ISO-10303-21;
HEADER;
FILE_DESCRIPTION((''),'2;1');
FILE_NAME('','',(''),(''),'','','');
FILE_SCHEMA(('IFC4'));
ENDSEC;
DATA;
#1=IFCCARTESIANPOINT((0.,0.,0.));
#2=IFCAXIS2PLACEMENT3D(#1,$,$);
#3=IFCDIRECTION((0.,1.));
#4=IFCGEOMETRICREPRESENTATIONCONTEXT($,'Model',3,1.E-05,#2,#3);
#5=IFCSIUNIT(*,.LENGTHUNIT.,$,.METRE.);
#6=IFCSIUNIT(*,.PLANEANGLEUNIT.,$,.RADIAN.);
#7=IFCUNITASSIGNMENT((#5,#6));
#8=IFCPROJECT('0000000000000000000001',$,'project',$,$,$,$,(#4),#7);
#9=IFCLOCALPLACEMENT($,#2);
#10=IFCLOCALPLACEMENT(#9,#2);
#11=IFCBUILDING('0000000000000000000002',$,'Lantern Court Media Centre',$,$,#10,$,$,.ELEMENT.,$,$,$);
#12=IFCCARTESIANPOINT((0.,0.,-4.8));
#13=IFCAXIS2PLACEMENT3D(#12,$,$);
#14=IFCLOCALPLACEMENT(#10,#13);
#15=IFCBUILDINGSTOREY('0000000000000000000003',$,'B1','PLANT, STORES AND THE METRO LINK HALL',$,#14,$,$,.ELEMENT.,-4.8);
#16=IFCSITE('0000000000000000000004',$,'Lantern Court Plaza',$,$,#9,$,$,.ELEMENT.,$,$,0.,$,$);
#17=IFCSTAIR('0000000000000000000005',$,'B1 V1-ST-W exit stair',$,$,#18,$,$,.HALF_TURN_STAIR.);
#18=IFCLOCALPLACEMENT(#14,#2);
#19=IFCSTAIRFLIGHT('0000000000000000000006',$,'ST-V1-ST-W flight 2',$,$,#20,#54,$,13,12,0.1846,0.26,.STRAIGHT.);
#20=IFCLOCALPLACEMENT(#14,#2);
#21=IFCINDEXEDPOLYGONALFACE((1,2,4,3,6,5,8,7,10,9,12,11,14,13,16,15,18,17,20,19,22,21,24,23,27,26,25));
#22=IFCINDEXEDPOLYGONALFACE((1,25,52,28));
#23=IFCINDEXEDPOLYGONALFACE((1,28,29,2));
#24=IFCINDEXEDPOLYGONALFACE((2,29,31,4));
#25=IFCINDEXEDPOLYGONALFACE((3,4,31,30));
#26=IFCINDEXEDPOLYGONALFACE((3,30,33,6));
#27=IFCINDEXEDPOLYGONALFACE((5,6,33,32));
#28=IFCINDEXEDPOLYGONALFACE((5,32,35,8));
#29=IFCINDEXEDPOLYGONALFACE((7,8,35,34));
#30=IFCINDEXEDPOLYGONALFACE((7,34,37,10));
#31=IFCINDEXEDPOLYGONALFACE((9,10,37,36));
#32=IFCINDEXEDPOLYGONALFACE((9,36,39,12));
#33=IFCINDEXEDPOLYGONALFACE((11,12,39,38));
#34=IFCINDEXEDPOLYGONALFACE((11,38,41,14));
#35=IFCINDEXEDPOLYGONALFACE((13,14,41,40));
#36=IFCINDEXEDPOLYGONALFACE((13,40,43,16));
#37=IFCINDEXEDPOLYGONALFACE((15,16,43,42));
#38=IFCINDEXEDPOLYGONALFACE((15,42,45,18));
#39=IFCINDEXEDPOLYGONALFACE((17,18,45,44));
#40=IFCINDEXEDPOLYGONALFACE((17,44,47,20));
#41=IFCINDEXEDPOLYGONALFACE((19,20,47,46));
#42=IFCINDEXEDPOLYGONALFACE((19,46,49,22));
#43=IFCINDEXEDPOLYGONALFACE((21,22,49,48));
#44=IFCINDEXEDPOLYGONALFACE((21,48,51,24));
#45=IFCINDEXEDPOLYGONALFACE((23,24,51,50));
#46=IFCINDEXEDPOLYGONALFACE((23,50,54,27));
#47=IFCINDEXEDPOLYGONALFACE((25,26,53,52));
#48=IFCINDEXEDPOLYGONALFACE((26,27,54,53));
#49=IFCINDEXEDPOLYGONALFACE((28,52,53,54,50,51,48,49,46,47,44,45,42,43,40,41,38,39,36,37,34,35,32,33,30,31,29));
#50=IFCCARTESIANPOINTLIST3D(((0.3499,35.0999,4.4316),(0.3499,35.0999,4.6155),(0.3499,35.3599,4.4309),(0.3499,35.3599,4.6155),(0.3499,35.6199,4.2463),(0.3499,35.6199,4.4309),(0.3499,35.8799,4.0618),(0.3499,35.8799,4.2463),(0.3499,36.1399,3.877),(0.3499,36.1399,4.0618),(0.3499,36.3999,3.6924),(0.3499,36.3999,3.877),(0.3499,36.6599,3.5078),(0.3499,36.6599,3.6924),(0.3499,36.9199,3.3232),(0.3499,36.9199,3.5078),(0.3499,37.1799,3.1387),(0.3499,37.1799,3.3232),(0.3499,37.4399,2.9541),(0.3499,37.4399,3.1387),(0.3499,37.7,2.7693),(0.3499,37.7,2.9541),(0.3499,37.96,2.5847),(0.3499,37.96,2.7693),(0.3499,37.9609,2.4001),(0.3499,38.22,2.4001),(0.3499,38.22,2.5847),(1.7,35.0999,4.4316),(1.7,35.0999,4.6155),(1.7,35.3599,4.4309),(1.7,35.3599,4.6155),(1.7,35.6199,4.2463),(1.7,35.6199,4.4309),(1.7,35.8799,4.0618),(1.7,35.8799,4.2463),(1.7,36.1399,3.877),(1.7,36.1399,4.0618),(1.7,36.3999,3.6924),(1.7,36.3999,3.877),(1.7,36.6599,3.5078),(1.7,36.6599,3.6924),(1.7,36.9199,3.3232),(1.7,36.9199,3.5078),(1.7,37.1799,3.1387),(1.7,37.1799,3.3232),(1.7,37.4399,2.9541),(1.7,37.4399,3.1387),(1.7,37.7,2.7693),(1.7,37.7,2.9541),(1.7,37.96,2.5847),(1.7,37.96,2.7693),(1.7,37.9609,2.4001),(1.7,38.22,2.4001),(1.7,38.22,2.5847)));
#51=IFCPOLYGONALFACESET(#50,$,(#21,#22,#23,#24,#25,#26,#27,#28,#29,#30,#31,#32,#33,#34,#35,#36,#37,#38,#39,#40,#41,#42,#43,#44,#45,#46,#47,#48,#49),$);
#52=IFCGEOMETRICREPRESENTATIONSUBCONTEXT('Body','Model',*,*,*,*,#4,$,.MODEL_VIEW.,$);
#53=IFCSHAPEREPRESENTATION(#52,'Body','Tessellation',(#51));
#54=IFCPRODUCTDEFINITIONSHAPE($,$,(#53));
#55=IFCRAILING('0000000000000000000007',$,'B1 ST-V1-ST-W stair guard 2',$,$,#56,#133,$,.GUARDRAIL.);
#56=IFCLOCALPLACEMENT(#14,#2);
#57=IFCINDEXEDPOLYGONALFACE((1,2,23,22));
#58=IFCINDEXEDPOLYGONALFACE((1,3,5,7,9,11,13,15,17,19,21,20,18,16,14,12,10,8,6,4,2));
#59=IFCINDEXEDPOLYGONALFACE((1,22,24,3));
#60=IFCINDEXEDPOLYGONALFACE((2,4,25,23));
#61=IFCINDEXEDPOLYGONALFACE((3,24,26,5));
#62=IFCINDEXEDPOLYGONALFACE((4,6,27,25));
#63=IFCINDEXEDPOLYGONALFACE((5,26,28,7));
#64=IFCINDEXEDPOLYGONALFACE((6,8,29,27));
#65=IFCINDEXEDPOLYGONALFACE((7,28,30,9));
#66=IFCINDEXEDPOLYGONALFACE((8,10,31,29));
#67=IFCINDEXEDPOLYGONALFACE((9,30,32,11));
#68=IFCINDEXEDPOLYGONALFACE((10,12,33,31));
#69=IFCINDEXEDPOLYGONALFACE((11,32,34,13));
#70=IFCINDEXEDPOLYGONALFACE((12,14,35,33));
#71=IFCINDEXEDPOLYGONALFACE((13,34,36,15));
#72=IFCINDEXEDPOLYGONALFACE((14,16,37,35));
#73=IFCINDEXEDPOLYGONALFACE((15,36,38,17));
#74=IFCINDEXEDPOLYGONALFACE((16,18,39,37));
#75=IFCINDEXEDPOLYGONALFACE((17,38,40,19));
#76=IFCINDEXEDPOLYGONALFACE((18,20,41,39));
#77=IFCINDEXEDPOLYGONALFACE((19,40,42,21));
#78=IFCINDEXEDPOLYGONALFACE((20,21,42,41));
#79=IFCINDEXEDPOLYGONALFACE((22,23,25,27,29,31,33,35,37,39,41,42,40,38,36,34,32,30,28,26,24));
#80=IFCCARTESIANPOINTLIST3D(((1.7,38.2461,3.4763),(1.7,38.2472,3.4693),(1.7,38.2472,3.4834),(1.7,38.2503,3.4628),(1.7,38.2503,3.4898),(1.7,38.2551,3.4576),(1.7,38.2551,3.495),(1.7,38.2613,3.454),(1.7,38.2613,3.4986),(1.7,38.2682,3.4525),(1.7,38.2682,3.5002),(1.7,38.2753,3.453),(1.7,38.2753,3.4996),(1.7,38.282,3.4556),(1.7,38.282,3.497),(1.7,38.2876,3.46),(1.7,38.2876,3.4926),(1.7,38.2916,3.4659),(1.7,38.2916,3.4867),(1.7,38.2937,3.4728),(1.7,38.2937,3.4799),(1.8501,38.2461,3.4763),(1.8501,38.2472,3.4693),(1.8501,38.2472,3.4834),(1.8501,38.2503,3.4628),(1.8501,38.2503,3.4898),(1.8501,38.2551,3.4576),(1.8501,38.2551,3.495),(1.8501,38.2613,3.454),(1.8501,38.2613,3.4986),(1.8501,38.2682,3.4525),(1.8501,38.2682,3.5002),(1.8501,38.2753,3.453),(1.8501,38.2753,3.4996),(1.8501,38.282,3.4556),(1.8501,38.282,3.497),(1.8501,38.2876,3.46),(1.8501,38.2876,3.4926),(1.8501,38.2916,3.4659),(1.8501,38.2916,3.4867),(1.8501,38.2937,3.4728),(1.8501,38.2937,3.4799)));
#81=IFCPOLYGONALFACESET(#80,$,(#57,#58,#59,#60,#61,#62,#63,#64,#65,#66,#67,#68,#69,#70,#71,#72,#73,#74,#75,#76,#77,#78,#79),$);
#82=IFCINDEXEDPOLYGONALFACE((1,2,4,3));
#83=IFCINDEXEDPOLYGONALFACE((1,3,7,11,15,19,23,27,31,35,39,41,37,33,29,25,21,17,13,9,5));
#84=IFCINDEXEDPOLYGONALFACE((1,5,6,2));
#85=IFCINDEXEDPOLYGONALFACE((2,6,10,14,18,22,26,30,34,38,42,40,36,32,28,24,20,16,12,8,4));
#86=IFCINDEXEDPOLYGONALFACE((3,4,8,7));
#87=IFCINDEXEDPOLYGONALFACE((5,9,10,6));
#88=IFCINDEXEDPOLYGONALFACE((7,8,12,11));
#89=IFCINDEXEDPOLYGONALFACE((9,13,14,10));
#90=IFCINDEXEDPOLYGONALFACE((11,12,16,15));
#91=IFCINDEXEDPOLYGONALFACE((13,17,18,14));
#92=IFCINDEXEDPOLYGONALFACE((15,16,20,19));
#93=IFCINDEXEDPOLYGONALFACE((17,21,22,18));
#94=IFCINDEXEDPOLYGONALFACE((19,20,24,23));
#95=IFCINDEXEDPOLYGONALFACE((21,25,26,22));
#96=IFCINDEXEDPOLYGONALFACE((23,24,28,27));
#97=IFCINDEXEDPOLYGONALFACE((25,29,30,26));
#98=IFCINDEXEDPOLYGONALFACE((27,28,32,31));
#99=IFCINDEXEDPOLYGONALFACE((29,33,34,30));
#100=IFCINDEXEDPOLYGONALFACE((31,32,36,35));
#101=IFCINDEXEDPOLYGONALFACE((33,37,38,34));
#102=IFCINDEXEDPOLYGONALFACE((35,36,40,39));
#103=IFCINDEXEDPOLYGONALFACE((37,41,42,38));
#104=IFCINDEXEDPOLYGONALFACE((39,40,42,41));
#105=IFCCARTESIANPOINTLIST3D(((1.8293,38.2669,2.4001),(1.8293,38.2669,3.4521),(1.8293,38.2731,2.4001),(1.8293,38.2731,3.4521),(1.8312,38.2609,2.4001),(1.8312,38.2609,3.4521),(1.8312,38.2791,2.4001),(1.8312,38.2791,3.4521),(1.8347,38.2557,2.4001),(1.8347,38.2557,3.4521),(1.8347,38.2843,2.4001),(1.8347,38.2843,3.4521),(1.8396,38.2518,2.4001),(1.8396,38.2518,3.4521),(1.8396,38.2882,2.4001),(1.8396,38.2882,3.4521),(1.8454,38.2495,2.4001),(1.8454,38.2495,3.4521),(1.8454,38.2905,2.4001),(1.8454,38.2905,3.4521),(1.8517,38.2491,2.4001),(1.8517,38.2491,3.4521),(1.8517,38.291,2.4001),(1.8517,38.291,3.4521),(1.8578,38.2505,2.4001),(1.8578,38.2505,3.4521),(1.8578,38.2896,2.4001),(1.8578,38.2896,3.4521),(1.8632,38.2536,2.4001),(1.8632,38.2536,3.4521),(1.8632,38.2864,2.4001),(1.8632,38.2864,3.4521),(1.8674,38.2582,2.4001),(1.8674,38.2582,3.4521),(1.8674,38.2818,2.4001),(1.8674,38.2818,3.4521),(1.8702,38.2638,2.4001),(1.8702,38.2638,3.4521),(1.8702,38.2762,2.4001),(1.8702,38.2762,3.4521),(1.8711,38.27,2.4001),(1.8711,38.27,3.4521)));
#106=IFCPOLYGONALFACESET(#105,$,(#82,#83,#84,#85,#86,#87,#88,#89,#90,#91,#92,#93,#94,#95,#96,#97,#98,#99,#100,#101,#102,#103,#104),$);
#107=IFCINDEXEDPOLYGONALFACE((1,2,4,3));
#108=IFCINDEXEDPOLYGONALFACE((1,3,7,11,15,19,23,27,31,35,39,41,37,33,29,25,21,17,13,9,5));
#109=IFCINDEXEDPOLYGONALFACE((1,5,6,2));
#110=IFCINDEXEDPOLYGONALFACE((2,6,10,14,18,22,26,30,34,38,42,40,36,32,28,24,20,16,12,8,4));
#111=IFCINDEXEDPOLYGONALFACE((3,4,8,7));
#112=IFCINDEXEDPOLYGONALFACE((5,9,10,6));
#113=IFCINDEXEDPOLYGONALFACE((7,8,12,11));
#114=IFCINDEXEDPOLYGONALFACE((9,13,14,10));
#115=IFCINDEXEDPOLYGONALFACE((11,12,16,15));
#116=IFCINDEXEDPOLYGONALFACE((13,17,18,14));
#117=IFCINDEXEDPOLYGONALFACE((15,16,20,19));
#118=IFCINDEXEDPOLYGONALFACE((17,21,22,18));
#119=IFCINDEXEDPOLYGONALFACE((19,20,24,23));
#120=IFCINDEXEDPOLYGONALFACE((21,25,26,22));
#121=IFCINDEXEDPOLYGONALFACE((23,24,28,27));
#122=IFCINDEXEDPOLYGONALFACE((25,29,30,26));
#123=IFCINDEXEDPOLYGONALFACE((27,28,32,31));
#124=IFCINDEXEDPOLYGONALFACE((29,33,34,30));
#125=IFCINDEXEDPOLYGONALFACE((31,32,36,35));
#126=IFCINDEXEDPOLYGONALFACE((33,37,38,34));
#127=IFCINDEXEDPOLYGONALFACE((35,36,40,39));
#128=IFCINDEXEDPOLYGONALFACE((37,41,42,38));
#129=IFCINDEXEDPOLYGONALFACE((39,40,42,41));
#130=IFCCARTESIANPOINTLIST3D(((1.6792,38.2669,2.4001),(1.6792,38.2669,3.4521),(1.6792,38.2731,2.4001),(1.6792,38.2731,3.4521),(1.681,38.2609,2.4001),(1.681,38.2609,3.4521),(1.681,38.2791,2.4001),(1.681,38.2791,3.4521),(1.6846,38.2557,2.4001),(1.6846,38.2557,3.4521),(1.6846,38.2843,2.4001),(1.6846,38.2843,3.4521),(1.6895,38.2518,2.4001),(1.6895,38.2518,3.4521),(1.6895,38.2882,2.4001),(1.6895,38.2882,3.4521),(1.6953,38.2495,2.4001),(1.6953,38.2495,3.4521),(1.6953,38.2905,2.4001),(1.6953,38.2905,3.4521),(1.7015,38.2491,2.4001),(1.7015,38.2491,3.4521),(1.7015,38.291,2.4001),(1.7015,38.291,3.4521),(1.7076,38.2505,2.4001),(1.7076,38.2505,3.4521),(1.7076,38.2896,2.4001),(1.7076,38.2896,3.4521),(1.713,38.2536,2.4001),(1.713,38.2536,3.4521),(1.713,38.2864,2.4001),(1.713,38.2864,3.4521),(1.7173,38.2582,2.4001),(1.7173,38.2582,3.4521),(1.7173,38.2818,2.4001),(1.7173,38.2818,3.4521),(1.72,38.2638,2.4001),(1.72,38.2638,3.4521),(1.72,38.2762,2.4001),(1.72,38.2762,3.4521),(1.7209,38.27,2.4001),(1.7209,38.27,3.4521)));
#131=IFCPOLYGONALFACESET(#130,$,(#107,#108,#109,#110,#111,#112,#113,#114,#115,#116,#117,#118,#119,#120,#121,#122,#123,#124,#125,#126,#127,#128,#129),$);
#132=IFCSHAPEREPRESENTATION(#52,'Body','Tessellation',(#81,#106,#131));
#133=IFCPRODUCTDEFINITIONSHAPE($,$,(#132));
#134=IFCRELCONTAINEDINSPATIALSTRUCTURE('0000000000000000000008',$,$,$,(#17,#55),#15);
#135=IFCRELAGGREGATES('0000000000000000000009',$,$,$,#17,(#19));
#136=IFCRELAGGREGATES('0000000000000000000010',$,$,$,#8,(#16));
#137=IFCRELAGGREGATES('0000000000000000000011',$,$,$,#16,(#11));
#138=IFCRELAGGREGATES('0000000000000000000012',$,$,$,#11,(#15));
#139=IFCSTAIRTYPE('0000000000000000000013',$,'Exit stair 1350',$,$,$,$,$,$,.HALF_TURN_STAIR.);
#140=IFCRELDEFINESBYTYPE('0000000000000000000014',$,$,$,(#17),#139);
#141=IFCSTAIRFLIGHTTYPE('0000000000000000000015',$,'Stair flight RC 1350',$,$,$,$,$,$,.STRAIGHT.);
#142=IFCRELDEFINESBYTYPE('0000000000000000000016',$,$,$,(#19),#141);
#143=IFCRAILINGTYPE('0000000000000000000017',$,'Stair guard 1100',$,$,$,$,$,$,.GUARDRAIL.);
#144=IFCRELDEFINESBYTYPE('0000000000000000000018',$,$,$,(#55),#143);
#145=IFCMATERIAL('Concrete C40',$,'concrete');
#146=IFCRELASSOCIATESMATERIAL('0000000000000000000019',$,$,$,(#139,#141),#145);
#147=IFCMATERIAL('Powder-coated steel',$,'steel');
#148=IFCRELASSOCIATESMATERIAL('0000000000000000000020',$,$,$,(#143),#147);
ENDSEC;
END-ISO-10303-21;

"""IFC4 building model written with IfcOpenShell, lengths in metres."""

from ifc_helpers import new_model, si_unit, direction, frame, origin, origin_2d, place, context, subcontext, project, spatial, polyline, circle, outline, extrude, material, type_object, element, aggregate, save


model = new_model("IFC4")

# Units and contexts
model_context = context("Model", 3, precision=1e-05, world=origin(), true_north=direction((0.0, 1.0)))
body_context = subcontext(model_context, "Body", "Model", "MODEL_VIEW")
ifc_project = project(units=[si_unit("LENGTHUNIT", "METRE"), si_unit("PLANEANGLEUNIT", "RADIAN")], contexts=[model_context])

# Site, building, storey
site_placement = place(None, origin())
site = spatial("IfcSite", under=ifc_project, at=site_placement, Name="Lantern Court Plaza", CompositionType="ELEMENT", RefElevation=0.0)
building_placement = place(site_placement, origin())
building = spatial("IfcBuilding", under=site, at=building_placement, Name="Lantern Court Media Centre", CompositionType="ELEMENT")
storey_placement = place(building_placement, frame((0.0, 0.0, -4.8)))
storey = spatial("IfcBuildingStorey", under=building, at=storey_placement, Name="B1", Description="PLANT, STORES AND THE METRO LINK HALL", CompositionType="ELEMENT", Elevation=-4.8)

# Shared definitions
ifc_material_1 = material(Name="Concrete C40", Category="concrete")

# Stair, stair flight
stair_type = type_object("IfcStairType", Name="Exit stair 1350", PredefinedType="HALF_TURN_STAIR", material=ifc_material_1)
stair_placement = place(storey_placement, origin())
stair = element("IfcStair", 1, at=stair_placement, inside=storey, type_object=stair_type, Name="B1 V1-ST-W exit stair", PredefinedType="HALF_TURN_STAIR")
stair_flight_type = type_object("IfcStairFlightType", Name="Stair flight RC 1350", PredefinedType="STRAIGHT", material=ifc_material_1)
stair_flight_1_placement = place(storey_placement, frame((1.0249, 38.22, 2.4001), z_axis=(0.0, 0.0, 1.0), x_axis=(0.0, -1.0, 0.0)))
stair_flight_1 = element("IfcStairFlight", 2, at=stair_flight_1_placement, type_object=stair_flight_type, Name="ST-V1-ST-W flight 2", NumberOfRisers=13, NumberOfTreads=12, PredefinedType="STRAIGHT", RiserHeight=0.1846, TreadLength=0.26, context=body_context, shape_type="SweptSolid", body=[
    extrude(outline(polyline([(0.0, 0.0), (0.0, 0.1846), (0.26, 0.1846), (0.26, 0.3691), (0.52, 0.3691), (0.52, 0.554), (0.78, 0.554), (0.78, 0.7385), (1.04, 0.7385), (1.04, 0.9231), (1.3, 0.9231), (1.3, 1.1077), (1.5601, 1.1077), (1.5601, 1.2922), (1.8201, 1.2922), (1.8201, 1.4768), (2.0801, 1.4768), (2.0801, 1.6616), (2.3401, 1.6616), (2.3401, 1.8462), (2.6001, 1.8462), (2.6001, 2.0308), (2.8601, 2.0308), (2.8601, 2.2153), (3.1201, 2.2153), (3.1201, 2.3999), (3.1201, 2.0315), (0.259, 0.0), (0.0, 0.0)])), frame((0.0, 0.675, 0.0), z_axis=(0.0, -1.0, 0.0), x_axis=(1.0, 0.0, 0.0)), (0.0, 0.0, 1.0), 1.3501),
])
aggregate(stair, [stair_flight_1])

# Railing
ifc_material_2 = material(Name="Powder-coated steel", Category="steel")
railing_type_1 = type_object("IfcRailingType", Name="Stair guard 1100", PredefinedType="GUARDRAIL", material=ifc_material_2)
railing_1_placement = place(storey_placement, frame((1.8501, 38.27, 2.4001)))
element("IfcRailing", 3, at=railing_1_placement, inside=storey, type_object=railing_type_1, Name="B1 ST-V1-ST-W stair guard 2", PredefinedType="GUARDRAIL", context=body_context, shape_type="SweptSolid", body=[
    extrude(circle(Radius=0.0239, at=origin_2d()), frame((0.0, 0.0, 1.0762), z_axis=(-1.0, 0.0, 0.0), x_axis=(0.0, -1.0, 0.0)), (0.0, 0.0, 1.0), 0.1501),
    extrude(circle(Radius=0.021, at=origin_2d()), origin(), (0.0, 0.0, 1.0), 1.052),
    extrude(circle(Radius=0.021, at=origin_2d()), frame((-0.1501, 0.0, 0.0)), (0.0, 0.0, 1.0), 1.052),
])

save(model, "model.ifc")
